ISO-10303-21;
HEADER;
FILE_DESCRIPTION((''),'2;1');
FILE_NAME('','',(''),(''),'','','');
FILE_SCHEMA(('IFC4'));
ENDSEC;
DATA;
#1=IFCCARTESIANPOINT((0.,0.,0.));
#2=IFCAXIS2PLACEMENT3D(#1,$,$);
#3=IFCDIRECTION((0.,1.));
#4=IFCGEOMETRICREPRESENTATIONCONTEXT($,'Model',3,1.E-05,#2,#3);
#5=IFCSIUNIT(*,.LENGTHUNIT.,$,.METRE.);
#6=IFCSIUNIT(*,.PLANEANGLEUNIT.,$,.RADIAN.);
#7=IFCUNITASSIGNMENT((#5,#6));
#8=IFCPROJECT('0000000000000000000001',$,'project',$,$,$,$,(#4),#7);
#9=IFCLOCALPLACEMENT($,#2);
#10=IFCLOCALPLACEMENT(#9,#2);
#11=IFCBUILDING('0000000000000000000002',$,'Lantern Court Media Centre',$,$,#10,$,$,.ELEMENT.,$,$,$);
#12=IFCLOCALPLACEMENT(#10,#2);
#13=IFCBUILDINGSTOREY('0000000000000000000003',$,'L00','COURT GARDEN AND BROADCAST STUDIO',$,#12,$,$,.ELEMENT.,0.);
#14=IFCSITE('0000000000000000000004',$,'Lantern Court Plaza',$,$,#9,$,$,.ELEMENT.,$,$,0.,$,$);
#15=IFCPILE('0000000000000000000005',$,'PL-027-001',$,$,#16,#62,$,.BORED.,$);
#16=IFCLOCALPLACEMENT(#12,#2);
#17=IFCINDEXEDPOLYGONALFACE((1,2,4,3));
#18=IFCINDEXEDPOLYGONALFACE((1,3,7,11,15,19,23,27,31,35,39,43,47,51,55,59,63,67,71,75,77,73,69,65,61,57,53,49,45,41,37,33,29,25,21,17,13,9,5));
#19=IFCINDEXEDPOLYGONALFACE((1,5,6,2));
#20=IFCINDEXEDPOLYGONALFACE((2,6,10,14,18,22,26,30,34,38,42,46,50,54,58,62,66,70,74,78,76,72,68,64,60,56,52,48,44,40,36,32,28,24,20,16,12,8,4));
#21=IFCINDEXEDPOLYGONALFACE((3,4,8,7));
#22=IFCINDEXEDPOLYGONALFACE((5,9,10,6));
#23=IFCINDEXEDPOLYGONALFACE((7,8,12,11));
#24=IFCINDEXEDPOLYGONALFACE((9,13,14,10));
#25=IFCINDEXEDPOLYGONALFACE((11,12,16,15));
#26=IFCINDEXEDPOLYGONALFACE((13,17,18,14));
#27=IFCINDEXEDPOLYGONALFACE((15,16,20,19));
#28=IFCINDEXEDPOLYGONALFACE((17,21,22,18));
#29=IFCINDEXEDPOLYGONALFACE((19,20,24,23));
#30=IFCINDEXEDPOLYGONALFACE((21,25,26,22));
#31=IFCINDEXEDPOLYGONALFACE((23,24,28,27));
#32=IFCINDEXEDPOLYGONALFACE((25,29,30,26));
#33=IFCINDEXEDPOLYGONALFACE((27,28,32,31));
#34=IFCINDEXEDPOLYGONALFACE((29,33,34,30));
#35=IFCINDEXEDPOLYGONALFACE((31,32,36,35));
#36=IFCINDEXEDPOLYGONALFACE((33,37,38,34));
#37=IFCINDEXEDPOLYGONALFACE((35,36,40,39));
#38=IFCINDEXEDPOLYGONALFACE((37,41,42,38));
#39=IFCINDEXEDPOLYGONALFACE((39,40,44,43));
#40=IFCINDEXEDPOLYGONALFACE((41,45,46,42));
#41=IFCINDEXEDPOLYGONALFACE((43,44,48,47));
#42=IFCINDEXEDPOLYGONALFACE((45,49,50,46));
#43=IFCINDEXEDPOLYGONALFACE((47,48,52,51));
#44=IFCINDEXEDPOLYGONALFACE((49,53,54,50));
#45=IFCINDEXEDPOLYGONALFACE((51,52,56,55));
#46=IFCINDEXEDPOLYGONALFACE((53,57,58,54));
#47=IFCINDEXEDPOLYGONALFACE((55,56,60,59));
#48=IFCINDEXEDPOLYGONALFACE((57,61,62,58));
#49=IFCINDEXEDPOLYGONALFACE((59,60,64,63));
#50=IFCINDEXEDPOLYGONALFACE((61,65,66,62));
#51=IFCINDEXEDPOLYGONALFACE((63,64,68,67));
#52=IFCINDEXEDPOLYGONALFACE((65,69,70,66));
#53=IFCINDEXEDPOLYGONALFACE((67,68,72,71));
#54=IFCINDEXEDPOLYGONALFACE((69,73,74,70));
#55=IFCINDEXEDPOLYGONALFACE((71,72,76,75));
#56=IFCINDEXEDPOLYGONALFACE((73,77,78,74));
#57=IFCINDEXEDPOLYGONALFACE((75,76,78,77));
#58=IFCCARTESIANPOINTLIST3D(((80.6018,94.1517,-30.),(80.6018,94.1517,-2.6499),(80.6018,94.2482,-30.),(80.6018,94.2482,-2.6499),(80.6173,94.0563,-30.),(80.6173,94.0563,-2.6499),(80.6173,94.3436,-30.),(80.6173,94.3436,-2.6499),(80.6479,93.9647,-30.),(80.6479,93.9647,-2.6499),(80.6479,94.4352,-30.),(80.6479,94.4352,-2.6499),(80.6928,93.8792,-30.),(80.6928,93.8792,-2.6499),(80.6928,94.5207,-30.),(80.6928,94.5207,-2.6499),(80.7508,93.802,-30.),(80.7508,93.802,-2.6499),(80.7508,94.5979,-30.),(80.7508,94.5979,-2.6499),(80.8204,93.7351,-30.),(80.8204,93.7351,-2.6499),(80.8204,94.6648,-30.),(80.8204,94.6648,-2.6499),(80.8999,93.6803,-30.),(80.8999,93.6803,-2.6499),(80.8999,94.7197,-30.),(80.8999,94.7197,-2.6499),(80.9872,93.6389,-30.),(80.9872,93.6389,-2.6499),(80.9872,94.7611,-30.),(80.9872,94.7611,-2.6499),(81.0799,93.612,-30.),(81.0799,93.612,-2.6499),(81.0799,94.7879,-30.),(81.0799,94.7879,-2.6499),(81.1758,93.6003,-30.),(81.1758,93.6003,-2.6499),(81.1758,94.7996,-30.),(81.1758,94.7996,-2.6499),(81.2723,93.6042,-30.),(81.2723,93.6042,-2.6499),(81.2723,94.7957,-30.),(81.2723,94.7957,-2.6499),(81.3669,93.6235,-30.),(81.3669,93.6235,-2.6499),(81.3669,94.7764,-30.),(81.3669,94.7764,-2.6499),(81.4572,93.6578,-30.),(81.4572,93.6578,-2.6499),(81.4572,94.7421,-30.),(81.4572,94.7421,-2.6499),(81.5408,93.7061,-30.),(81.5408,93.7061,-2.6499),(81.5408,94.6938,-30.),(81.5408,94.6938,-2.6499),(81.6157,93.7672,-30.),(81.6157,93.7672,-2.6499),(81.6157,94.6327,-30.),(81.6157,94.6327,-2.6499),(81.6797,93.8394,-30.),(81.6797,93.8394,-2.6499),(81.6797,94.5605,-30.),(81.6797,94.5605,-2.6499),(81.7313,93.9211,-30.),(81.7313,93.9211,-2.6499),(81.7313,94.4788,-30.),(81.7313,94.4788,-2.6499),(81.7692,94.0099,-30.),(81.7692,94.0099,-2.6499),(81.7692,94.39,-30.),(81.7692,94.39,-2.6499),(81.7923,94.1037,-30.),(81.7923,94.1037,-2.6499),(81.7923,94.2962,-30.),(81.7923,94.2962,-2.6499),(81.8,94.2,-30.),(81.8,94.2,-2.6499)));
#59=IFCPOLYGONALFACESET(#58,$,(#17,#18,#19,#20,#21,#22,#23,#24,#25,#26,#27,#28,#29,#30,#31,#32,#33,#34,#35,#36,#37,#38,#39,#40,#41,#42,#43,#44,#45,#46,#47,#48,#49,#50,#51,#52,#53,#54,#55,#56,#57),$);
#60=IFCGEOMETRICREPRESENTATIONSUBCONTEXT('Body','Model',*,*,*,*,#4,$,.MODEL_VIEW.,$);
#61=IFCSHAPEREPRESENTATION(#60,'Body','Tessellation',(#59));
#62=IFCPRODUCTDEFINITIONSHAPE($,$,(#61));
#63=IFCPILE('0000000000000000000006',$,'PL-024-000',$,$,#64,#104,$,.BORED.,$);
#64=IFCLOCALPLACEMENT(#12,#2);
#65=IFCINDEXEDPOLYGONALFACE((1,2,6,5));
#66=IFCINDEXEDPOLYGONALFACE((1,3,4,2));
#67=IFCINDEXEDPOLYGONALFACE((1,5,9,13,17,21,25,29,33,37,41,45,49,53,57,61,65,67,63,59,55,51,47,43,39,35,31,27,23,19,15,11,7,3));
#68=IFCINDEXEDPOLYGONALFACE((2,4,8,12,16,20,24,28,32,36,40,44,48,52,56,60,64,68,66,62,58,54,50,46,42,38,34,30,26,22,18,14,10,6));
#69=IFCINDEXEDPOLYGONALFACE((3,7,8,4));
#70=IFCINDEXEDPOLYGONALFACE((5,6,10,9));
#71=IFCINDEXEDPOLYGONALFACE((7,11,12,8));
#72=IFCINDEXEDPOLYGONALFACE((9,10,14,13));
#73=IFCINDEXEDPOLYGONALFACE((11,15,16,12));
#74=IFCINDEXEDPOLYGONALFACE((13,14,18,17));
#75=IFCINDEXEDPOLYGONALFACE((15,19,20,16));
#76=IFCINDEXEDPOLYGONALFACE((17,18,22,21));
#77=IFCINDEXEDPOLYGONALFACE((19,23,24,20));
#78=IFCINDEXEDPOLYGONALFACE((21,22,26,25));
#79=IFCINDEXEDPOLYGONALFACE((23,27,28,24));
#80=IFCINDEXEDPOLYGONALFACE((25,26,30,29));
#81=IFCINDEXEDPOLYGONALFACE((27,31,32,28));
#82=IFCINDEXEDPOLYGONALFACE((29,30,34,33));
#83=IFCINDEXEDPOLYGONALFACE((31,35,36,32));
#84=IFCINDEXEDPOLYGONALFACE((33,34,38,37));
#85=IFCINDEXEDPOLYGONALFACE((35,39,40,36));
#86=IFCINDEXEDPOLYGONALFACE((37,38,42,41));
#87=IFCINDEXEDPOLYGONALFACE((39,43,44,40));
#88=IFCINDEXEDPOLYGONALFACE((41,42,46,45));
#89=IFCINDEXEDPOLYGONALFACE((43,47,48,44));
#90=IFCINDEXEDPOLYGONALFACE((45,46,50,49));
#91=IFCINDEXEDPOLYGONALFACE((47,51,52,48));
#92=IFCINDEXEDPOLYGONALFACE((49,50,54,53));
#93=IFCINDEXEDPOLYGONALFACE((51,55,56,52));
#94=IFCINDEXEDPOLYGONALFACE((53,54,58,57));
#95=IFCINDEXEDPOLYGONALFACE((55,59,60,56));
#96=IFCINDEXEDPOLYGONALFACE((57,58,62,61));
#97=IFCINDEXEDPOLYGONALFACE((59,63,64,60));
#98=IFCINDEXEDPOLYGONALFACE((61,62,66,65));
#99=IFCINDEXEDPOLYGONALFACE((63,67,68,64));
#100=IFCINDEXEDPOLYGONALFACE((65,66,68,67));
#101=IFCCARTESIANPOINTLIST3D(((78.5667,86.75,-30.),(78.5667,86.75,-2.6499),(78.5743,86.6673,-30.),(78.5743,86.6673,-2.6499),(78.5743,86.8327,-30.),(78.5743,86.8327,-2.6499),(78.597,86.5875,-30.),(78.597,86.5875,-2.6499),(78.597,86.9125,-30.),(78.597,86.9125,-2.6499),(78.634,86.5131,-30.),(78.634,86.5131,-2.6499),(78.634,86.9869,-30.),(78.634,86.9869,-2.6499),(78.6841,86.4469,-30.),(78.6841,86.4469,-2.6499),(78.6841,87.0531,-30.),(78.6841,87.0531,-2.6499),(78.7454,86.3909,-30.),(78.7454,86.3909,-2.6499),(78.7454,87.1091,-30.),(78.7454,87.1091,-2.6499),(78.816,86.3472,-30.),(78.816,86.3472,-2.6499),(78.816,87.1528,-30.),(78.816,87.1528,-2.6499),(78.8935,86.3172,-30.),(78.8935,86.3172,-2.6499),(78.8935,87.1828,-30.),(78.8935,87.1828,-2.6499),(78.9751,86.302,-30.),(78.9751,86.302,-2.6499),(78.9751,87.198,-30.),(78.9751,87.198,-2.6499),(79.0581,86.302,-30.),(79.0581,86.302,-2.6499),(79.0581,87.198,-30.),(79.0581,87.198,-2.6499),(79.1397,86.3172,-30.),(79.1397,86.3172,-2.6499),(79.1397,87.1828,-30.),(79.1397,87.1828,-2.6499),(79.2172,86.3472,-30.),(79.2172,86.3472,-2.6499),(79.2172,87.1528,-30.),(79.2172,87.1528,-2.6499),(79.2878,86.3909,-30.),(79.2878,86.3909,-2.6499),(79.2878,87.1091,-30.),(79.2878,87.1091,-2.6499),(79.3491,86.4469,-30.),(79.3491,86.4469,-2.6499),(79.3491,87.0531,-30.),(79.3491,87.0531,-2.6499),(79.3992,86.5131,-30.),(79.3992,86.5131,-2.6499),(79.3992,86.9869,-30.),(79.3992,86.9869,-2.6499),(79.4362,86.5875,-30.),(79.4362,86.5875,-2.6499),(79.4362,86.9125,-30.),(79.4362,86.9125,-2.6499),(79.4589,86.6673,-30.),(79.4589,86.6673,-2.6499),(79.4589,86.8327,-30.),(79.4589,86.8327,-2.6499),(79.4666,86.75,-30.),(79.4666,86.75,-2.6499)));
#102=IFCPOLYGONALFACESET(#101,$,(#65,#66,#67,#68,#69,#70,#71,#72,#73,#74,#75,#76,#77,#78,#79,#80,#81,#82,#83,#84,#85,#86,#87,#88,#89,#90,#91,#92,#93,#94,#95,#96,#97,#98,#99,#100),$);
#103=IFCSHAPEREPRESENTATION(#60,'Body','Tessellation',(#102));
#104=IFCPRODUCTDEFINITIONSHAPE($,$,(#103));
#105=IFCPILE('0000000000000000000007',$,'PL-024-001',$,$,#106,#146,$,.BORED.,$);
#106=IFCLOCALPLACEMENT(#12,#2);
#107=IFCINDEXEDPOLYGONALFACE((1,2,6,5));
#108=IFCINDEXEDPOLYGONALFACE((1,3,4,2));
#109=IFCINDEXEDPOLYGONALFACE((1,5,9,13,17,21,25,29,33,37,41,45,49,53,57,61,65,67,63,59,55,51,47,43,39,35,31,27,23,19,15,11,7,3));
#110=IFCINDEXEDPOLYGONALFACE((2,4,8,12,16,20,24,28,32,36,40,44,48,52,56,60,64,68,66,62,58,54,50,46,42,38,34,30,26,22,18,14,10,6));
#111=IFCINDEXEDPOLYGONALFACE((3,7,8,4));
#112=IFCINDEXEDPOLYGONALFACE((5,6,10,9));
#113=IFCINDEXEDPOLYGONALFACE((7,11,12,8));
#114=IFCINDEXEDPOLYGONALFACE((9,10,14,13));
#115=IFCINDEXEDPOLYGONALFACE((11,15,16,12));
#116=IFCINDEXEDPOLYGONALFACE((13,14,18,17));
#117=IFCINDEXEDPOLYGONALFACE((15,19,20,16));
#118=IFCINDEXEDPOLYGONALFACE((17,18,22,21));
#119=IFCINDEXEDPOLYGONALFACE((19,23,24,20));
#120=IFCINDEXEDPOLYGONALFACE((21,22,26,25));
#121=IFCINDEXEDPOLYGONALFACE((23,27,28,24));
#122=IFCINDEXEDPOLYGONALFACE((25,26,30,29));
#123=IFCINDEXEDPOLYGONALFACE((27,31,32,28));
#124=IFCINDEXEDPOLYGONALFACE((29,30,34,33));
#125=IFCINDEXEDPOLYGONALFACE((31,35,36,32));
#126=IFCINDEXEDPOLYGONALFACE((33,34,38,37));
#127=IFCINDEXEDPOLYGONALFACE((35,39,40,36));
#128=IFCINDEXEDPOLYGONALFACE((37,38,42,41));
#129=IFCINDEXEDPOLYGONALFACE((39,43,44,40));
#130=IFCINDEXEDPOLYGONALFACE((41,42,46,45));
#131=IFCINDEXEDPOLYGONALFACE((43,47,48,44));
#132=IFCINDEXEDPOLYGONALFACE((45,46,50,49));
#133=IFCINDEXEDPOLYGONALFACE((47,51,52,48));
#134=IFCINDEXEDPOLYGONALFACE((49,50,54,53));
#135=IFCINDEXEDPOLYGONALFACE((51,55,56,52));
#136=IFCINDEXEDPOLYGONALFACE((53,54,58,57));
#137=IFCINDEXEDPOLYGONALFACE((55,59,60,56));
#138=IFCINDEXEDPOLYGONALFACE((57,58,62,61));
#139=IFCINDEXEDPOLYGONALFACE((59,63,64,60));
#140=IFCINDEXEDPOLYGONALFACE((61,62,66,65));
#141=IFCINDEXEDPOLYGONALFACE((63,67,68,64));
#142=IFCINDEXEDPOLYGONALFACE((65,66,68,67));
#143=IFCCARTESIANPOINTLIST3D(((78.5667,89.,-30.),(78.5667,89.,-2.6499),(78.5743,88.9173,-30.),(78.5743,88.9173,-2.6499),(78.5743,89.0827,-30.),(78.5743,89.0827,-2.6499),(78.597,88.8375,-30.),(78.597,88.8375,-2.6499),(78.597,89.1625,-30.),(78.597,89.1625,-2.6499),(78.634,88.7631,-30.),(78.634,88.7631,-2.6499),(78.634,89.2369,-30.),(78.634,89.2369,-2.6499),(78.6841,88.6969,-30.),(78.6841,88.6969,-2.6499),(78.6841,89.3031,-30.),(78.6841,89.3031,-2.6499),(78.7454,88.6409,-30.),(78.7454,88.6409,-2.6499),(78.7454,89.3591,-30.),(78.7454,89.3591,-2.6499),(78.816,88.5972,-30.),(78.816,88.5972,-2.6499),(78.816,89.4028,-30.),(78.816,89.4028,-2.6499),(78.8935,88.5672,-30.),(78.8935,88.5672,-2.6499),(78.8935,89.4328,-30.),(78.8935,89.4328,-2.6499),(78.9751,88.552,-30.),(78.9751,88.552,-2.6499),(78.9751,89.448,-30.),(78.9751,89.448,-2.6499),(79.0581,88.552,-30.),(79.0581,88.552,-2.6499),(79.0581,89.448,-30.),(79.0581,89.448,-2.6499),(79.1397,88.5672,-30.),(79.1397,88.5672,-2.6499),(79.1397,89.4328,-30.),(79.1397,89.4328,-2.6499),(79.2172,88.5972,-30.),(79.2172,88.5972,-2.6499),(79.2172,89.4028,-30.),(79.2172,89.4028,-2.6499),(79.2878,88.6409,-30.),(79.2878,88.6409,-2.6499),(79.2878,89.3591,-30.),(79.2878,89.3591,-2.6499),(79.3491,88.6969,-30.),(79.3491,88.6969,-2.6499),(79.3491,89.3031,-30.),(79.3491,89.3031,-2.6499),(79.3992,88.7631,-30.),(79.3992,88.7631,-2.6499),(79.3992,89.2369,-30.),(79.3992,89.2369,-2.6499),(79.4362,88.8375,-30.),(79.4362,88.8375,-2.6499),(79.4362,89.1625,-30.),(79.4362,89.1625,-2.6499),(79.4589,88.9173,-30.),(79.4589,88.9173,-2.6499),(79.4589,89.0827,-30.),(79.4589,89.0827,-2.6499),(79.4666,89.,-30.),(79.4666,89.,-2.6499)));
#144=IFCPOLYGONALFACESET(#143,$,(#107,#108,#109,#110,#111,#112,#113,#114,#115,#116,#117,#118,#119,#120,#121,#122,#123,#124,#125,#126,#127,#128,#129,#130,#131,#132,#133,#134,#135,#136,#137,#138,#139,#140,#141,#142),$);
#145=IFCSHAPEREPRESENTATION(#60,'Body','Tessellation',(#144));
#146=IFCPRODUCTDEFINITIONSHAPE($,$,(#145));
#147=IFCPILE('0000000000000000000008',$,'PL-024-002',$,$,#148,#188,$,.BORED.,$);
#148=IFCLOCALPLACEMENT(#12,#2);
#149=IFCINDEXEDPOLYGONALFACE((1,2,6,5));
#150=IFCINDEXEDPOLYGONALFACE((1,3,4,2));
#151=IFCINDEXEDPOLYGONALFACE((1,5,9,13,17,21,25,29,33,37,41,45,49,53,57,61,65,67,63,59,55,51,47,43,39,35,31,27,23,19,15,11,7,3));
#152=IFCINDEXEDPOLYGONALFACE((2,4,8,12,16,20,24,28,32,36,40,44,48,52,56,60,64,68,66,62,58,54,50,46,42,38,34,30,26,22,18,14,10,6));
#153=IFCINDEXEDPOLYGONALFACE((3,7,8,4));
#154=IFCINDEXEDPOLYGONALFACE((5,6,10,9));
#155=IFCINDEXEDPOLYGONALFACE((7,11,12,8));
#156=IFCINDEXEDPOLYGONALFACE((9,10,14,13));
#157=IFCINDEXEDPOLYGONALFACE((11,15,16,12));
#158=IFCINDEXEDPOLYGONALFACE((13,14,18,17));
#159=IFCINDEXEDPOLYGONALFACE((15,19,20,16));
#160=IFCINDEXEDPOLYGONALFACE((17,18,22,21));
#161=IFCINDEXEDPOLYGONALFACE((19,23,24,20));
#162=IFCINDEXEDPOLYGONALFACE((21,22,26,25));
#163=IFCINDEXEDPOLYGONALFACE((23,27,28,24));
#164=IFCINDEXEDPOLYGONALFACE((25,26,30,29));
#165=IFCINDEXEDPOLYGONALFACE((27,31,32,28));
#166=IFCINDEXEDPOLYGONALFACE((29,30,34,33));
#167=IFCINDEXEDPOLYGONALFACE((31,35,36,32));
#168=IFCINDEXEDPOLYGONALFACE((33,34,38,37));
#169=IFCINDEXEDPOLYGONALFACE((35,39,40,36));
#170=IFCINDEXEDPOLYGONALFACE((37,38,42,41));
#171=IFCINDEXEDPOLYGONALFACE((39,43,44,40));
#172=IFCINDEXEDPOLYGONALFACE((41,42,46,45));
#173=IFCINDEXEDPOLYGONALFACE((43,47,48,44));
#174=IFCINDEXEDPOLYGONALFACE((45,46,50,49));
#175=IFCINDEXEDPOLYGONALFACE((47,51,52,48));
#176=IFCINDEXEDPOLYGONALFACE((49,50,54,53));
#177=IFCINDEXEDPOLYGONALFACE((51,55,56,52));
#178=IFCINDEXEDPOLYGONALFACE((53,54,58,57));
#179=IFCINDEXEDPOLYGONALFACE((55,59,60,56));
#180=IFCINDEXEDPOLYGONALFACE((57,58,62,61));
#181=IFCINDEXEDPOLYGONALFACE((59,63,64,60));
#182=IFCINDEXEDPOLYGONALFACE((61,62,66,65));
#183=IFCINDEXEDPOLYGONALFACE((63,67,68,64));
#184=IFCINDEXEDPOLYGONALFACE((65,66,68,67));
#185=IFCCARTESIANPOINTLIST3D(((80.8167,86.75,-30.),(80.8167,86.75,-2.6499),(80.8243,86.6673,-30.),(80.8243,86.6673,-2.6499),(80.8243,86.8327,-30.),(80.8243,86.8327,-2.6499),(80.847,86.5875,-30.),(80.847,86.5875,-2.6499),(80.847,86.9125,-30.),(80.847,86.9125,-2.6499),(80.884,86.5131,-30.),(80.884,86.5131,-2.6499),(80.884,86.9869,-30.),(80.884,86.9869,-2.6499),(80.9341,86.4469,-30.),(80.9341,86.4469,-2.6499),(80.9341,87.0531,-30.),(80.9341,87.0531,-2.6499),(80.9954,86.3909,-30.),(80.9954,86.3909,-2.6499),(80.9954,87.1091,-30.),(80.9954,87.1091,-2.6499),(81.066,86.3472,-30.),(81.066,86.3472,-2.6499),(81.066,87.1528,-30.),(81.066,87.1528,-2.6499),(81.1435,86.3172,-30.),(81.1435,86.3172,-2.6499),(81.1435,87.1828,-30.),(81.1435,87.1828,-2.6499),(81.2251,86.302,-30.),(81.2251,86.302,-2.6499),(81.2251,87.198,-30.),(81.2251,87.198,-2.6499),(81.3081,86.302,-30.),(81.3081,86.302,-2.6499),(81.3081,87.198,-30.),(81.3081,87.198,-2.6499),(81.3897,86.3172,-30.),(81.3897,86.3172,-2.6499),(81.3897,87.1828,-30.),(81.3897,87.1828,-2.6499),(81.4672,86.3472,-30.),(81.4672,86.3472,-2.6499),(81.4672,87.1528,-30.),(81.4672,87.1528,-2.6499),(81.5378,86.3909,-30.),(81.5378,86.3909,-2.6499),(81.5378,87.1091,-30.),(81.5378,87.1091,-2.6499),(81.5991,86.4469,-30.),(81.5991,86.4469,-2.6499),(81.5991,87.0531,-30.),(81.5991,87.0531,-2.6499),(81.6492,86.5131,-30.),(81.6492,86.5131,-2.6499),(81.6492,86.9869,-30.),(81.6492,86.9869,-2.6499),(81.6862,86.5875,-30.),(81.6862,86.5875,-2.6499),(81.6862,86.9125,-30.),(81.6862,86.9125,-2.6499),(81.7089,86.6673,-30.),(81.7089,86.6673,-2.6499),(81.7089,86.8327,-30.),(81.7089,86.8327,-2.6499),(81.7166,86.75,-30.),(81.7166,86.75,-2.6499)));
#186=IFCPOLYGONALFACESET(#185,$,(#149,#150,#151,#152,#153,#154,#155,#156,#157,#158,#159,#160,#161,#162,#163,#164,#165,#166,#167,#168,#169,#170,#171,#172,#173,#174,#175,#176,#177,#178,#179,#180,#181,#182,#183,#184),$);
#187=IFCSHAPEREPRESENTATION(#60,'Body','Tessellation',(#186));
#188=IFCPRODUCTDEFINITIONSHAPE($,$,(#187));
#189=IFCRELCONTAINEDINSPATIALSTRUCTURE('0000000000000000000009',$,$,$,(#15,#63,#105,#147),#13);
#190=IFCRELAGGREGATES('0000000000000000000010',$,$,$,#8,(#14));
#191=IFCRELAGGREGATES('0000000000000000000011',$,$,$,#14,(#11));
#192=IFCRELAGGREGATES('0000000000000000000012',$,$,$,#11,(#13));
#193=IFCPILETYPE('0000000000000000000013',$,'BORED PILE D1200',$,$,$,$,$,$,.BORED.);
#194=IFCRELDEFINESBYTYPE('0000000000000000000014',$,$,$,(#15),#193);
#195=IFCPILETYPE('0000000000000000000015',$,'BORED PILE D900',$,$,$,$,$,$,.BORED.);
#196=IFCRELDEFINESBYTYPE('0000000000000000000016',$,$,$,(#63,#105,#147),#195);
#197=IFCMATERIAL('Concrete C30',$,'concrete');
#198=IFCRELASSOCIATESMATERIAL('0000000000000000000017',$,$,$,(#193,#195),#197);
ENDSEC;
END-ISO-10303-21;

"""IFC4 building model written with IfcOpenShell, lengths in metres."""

from ifc_helpers import new_model, si_unit, direction, frame, origin, origin_2d, place, context, subcontext, project, spatial, circle, extrude, material, material_profile, profile_set, type_object, element, save


model = new_model("IFC4")

# Units and contexts
model_context = context("Model", 3, precision=1e-05, world=origin(), true_north=direction((0.0, 1.0)))
body_context = subcontext(model_context, "Body", "Model", "MODEL_VIEW")
ifc_project = project(units=[si_unit("LENGTHUNIT", "METRE"), si_unit("PLANEANGLEUNIT", "RADIAN")], contexts=[model_context])

# Site, building, storey
site_placement = place(None, origin())
site = spatial("IfcSite", under=ifc_project, at=site_placement, Name="Lantern Court Plaza", CompositionType="ELEMENT", RefElevation=0.0)
building_placement = place(site_placement, origin())
building = spatial("IfcBuilding", under=site, at=building_placement, Name="Lantern Court Media Centre", CompositionType="ELEMENT")
storey_placement = place(building_placement, origin())
storey = spatial("IfcBuildingStorey", under=building, at=storey_placement, Name="L00", Description="COURT GARDEN AND BROADCAST STUDIO", CompositionType="ELEMENT", Elevation=0.0)

# Piles
ifc_material_1 = material(Name="Concrete C30", Category="concrete")
ifc_material_profile_1 = material_profile(ifc_material_1, circle(Radius=0.6001, at=origin_2d()), Name="D1200")
ifc_profile_set_1 = profile_set([ifc_material_profile_1], Name="Concrete C30")
pile_type_1 = type_object("IfcPileType", Name="BORED PILE D1200", PredefinedType="BORED", material=ifc_profile_set_1)
pile_placement = place(storey_placement, frame((81.2, 94.2, -2.6499), z_axis=(0.0, 0.0, -1.0), x_axis=(1.0, 0.0, 0.0)))
element("IfcPile", 1, at=pile_placement, inside=storey, type_object=pile_type_1, Name="PL-027-001", PredefinedType="BORED", context=body_context, shape_type="SweptSolid", body=[
    extrude(circle(Radius=0.6001, at=origin_2d()), origin(), (0.0, 0.0, 1.0), 27.3501),
])
ifc_material_profile_2 = material_profile(ifc_material_1, circle(Radius=0.45, at=origin_2d()), Name="D900")
ifc_profile_set_2 = profile_set([ifc_material_profile_2], Name="Concrete C30")
pile_type_2 = type_object("IfcPileType", Name="BORED PILE D900", PredefinedType="BORED", material=ifc_profile_set_2)
for number, where, z_axis, x_axis, name in (
    (2, (79.0166, 86.75, -2.6499), (0.0, 0.0, -1.0), (1.0, 0.0, 0.0), "PL-024-000"),
    (3, (79.0166, 89.0, -2.6499), (0.0, 0.0, -1.0), (1.0, 0.0, 0.0), "PL-024-001"),
    (4, (81.2666, 86.75, -2.6499), (0.0, 0.0, -1.0), (1.0, 0.0, 0.0), "PL-024-002"),
):
    element("IfcPile", number, at=place(storey_placement, frame(where, z_axis=z_axis, x_axis=x_axis)), inside=storey, type_object=pile_type_2, Name=name, PredefinedType="BORED", context=body_context, shape_type="SweptSolid", body=[
        extrude(circle(Radius=0.45, at=origin_2d()), origin(), (0.0, 0.0, 1.0), 27.3501),
    ])

save(model, "model.ifc")
